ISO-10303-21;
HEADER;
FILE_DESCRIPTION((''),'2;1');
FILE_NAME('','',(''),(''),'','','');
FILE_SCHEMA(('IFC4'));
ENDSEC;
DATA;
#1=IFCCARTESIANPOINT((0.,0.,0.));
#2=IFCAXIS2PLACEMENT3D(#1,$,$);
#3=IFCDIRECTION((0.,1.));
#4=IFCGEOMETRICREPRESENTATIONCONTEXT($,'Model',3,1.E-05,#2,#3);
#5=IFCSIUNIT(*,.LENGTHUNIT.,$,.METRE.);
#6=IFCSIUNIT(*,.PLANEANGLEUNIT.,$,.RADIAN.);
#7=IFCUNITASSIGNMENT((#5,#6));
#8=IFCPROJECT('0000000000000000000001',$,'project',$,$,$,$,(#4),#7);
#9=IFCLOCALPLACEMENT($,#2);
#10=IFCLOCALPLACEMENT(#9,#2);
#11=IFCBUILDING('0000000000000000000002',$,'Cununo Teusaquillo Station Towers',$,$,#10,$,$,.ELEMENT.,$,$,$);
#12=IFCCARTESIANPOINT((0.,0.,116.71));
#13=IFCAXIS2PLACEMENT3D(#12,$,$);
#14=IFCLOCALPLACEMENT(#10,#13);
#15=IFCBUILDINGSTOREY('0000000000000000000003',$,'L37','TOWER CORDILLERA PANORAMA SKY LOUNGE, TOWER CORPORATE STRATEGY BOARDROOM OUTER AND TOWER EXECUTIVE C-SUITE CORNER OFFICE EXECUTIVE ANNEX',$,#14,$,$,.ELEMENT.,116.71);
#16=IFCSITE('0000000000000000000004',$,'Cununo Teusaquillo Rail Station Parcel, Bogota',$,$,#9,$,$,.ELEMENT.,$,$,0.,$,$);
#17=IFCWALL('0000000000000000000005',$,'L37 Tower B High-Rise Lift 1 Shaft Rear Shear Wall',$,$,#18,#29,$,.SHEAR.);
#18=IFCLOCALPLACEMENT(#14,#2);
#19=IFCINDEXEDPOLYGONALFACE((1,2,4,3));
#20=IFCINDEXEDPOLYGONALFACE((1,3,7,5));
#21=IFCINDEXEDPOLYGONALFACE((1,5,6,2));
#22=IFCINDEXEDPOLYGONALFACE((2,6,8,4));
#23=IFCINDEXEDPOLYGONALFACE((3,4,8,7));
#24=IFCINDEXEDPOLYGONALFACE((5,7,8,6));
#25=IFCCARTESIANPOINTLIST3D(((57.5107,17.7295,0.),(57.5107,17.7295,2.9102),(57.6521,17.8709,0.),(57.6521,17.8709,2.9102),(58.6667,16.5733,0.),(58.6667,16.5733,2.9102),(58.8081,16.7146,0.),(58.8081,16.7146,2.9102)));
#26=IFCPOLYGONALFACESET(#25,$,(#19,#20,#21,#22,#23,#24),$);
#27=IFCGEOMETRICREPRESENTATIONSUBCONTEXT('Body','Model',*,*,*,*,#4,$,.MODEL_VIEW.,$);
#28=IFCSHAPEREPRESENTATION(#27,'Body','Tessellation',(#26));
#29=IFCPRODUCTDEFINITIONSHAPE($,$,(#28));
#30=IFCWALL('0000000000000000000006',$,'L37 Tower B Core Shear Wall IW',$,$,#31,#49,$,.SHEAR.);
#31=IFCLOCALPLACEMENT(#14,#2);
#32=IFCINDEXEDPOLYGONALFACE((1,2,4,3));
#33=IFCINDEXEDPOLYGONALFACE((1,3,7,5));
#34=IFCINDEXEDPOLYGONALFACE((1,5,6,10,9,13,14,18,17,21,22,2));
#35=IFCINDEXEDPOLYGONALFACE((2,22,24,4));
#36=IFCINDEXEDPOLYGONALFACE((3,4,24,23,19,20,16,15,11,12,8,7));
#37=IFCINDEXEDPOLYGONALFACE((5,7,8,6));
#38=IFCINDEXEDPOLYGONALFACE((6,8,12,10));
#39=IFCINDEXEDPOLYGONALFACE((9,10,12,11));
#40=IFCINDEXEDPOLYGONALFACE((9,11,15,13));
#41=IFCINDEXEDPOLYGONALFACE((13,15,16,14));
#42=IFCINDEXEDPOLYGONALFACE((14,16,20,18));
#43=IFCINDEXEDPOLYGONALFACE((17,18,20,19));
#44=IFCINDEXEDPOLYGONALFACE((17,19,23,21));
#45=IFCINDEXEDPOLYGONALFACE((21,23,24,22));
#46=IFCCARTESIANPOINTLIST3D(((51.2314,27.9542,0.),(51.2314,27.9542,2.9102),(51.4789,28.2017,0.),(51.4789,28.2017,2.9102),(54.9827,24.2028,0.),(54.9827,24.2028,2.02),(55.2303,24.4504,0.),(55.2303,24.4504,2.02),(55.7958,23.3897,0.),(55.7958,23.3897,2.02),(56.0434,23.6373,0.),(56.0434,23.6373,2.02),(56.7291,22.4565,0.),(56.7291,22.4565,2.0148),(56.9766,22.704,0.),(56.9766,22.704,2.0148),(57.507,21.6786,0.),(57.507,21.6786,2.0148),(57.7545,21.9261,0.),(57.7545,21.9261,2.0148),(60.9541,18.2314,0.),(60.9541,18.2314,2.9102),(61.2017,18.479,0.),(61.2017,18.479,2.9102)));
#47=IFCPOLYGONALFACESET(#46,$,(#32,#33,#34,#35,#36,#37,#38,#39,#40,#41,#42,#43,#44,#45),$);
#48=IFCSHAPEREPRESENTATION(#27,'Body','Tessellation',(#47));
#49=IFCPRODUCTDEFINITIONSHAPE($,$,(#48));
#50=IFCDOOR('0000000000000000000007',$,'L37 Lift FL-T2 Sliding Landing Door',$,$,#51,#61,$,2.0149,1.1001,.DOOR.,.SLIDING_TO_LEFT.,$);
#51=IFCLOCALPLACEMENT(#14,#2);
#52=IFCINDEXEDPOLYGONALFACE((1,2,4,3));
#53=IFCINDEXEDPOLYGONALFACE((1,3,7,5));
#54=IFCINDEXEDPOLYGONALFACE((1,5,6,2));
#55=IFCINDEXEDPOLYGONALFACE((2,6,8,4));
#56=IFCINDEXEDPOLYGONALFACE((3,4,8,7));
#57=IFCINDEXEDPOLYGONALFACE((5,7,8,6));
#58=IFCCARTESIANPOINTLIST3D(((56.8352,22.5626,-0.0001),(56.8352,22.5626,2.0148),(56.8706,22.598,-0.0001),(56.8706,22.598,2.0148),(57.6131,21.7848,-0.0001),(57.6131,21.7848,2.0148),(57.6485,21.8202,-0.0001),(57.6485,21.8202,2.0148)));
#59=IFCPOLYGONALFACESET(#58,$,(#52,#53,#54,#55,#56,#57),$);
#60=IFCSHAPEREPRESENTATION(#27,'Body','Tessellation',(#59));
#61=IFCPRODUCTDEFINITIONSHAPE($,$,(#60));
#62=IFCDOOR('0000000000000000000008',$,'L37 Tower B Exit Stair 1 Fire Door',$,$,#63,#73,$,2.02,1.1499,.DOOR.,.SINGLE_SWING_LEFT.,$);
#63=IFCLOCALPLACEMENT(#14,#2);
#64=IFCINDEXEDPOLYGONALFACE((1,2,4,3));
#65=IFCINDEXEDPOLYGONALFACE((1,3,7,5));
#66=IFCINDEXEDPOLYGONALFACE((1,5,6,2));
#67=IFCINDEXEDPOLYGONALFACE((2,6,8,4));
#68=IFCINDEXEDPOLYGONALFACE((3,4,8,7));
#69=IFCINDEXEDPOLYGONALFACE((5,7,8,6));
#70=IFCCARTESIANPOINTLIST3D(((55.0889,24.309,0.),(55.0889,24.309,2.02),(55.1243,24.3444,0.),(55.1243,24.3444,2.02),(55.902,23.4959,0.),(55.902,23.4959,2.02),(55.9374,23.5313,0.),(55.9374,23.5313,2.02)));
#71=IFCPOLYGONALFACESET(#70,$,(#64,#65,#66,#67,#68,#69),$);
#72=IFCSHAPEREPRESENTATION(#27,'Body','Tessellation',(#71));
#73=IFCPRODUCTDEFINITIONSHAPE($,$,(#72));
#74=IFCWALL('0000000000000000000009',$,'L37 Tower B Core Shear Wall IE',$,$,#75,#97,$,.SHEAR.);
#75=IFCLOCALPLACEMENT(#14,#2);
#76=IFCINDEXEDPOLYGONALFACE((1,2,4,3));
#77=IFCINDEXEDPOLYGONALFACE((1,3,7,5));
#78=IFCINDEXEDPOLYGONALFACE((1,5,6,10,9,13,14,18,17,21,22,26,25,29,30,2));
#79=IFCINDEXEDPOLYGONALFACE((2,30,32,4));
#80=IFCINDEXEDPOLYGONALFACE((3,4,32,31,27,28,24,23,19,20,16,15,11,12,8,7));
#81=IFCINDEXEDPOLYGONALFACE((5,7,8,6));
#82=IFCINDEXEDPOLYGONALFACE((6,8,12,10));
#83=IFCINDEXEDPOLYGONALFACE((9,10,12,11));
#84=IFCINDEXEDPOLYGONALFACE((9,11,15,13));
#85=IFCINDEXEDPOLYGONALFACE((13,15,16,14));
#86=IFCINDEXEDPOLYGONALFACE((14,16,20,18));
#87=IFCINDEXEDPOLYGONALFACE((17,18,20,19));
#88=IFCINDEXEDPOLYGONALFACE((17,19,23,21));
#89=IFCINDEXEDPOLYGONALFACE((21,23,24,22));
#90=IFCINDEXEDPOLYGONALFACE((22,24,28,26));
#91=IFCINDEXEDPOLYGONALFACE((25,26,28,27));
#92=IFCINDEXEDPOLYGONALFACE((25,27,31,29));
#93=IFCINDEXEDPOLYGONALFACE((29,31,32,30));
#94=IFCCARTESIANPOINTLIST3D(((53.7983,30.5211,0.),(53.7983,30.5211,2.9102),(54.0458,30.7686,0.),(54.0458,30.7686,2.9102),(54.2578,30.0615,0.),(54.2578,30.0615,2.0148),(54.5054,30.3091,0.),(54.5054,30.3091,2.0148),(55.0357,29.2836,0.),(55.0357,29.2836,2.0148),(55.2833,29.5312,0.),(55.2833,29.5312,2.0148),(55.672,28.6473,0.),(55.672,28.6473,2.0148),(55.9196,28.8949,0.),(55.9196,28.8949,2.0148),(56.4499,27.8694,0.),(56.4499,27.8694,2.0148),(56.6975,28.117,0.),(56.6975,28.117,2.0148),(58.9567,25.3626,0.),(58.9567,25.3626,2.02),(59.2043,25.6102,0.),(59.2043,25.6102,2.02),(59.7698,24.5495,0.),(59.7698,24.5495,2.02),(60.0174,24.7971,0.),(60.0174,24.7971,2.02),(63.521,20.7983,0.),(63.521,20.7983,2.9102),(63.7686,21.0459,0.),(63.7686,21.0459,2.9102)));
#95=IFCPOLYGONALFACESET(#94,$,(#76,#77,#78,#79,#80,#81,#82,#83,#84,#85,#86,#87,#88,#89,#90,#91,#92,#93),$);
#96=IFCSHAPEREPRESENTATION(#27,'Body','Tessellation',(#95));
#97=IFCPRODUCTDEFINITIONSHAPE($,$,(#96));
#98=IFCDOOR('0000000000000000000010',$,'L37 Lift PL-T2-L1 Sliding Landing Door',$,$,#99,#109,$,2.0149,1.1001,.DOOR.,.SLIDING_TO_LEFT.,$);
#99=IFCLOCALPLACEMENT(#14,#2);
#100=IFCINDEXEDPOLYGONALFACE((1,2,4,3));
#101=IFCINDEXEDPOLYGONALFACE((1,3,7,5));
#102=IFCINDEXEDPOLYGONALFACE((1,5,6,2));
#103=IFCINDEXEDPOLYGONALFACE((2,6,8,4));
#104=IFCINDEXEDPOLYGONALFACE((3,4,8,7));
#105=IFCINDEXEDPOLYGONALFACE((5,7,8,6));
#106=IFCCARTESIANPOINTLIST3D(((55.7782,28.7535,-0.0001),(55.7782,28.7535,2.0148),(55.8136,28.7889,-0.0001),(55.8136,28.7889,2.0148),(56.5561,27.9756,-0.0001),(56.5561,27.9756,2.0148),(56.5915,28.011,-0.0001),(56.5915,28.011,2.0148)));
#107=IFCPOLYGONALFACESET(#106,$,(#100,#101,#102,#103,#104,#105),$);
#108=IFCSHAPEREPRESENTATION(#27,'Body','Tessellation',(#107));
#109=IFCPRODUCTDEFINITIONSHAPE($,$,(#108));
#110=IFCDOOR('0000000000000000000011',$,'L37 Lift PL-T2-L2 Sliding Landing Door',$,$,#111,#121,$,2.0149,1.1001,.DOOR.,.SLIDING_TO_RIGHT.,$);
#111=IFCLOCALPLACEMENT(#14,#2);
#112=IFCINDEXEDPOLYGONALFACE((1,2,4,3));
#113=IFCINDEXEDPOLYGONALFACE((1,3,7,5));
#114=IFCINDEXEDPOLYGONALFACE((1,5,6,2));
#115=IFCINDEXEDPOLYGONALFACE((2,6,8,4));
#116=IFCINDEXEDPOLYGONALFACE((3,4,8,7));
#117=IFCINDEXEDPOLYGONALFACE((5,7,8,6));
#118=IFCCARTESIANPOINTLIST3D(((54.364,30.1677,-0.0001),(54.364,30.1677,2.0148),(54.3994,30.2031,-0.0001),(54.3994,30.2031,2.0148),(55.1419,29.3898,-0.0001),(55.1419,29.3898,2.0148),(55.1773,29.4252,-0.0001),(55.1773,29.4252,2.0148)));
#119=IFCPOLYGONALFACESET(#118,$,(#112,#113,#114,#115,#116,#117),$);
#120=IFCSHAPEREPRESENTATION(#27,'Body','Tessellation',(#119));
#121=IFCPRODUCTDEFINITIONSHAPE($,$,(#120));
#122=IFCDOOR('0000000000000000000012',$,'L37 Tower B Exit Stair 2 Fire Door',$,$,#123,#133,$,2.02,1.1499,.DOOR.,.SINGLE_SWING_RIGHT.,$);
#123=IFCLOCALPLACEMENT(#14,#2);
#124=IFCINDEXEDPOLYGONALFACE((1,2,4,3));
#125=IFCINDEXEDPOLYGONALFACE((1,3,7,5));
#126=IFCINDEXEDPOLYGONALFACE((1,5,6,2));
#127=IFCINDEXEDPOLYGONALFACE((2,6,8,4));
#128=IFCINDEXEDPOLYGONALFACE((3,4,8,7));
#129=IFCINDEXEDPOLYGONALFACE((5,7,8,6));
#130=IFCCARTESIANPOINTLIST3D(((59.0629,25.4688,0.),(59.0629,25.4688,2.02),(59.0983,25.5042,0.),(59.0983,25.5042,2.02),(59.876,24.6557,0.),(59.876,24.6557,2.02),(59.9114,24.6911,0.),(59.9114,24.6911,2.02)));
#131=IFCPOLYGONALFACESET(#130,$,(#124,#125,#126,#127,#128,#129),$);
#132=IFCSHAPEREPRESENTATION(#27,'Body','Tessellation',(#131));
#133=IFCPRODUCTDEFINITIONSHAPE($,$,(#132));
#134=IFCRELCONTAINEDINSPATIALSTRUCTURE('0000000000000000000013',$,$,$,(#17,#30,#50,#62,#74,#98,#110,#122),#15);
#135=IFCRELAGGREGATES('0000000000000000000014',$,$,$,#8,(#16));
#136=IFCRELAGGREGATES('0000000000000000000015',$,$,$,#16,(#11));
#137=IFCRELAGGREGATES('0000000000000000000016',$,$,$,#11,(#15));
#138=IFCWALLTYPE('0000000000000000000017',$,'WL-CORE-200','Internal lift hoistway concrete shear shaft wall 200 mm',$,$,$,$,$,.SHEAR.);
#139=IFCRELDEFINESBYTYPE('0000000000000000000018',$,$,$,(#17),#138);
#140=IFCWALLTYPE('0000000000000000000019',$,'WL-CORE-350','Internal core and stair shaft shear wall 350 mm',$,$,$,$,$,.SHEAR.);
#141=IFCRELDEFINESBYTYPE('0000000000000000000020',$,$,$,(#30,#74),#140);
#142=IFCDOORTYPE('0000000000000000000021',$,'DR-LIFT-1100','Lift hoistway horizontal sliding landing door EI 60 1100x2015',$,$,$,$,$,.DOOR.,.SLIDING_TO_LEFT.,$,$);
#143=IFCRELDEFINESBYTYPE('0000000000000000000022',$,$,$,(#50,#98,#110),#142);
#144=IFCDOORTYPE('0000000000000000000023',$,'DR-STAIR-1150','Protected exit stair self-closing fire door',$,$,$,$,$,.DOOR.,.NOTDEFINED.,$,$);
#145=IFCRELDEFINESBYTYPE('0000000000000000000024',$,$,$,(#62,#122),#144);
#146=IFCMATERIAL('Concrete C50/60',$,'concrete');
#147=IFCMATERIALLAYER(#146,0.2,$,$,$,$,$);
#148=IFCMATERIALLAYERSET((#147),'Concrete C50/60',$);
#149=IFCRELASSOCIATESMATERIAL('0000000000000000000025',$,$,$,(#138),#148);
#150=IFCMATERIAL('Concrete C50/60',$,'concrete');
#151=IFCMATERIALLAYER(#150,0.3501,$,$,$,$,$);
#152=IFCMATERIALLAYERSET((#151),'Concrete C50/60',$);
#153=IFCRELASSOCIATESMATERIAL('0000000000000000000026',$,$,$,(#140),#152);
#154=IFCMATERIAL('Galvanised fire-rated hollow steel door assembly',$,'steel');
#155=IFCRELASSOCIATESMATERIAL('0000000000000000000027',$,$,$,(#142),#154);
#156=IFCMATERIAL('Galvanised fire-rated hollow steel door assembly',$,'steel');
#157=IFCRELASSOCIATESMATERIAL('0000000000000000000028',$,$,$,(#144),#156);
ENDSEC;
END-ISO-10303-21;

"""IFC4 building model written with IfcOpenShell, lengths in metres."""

from ifc_helpers import new_model, si_unit, direction, frame, frame_2d, origin, place, context, subcontext, project, spatial, rectangle, extrude, source, transform, mapped, material, layer, layer_set, type_object, element, fill, save


model = new_model("IFC4")

# Units and contexts
model_context = context("Model", 3, precision=1e-05, world=origin(), true_north=direction((0.0, 1.0)))
body_context = subcontext(model_context, "Body", "Model", "MODEL_VIEW")
ifc_project = project(units=[si_unit("LENGTHUNIT", "METRE"), si_unit("PLANEANGLEUNIT", "RADIAN")], contexts=[model_context])

# Site, building, storey
site_placement = place(None, origin())
site = spatial("IfcSite", under=ifc_project, at=site_placement, Name="Cununo Teusaquillo Rail Station Parcel, Bogota", CompositionType="ELEMENT", RefElevation=0.0)
building_placement = place(site_placement, origin())
building = spatial("IfcBuilding", under=site, at=building_placement, Name="Cununo Teusaquillo Station Towers", CompositionType="ELEMENT")
storey_placement = place(building_placement, frame((0.0, 0.0, 116.71)))
storey = spatial("IfcBuildingStorey", under=building, at=storey_placement, Name="L37", Description="TOWER CORDILLERA PANORAMA SKY LOUNGE, TOWER CORPORATE STRATEGY BOARDROOM OUTER AND TOWER EXECUTIVE C-SUITE CORNER OFFICE EXECUTIVE ANNEX", CompositionType="ELEMENT", Elevation=116.71)

# Wall
ifc_material_1 = material(Name="Concrete C50/60", Category="concrete")
ifc_layer_1 = layer(ifc_material_1, 0.2)
ifc_layer_set_1 = layer_set([ifc_layer_1], Name="Concrete C50/60")
wall_type_1 = type_object("IfcWallType", Name="WL-CORE-200", Description="Internal lift hoistway concrete shear shaft wall 200 mm", PredefinedType="SHEAR", material=ifc_layer_set_1)
wall_1_placement = place(storey_placement, frame((58.7373, 16.644, 0.0), z_axis=(0.0, 0.0, 1.0), x_axis=(-0.707032, 0.707181, 0.0)))
element("IfcWall", 1, at=wall_1_placement, inside=storey, type_object=wall_type_1, Name="L37 Tower B High-Rise Lift 1 Shaft Rear Shear Wall", PredefinedType="SHEAR", context=body_context, shape_type="SweptSolid", body=[
    extrude(rectangle(XDim=1.635, YDim=0.2, at=frame_2d((0.8174, 0.0))), origin(), (0.0, 0.0, 1.0), 2.9102),
])

# Walls, openings, doors
ifc_material_2 = material(Name="Concrete C50/60", Category="concrete")
ifc_layer_2 = layer(ifc_material_2, 0.3501)
ifc_layer_set_2 = layer_set([ifc_layer_2], Name="Concrete C50/60")
wall_type_2 = type_object("IfcWallType", Name="WL-CORE-350", Description="Internal core and stair shaft shear wall 350 mm", PredefinedType="SHEAR", material=ifc_layer_set_2)
wall_2_placement = place(storey_placement, frame((61.0779, 18.3552, 0.0), z_axis=(0.0, 0.0, 1.0), x_axis=(-0.707107, 0.707107, 0.0)))
wall_2 = element("IfcWall", 2, at=wall_2_placement, inside=storey, type_object=wall_type_2, Name="L37 Tower B Core Shear Wall IW", PredefinedType="SHEAR", context=body_context, shape_type="SweptSolid", body=[
    extrude(rectangle(XDim=13.75, YDim=0.3501, at=frame_2d((6.875, 0.0))), origin(), (0.0, 0.0, 1.0), 2.9102),
])
shared_shape_1 = source(origin(), body_context, "Body", "SweptSolid", [
    extrude(rectangle(XDim=1.1001, YDim=2.0149, at=frame_2d((0.55, 1.0073))), frame((0.0, 0.1851, 0.0), z_axis=(0.0, -1.0, 0.0), x_axis=(1.0, 0.0, 0.0)), (0.0, 0.0, 1.0), 0.3701),
])
opening_1_placement = place(wall_2_placement, frame((4.875, 0.0, 0.0)))
opening_1 = element("IfcOpeningElement", 3, at=opening_1_placement, cuts=wall_2, PredefinedType="OPENING", context=body_context, shape_type="MappedRepresentation", body=[
    mapped(shared_shape_1, transform((0.0, 0.0, 0.0), x_axis=(1.0, 0.0, 0.0), y_axis=(0.0, 1.0, 0.0), z_axis=(0.0, 0.0, 1.0), scale=1.0)),
])
shared_shape_2 = source(origin(), body_context, "Body", "SweptSolid", [
    extrude(rectangle(XDim=1.1499, YDim=2.02, at=frame_2d((0.575, 1.01))), frame((0.0, 0.1851, 0.0), z_axis=(0.0, -1.0, 0.0), x_axis=(1.0, 0.0, 0.0)), (0.0, 0.0, 1.0), 0.3701),
])
opening_2_placement = place(wall_2_placement, frame((7.2949, 0.0, 0.0)))
opening_2 = element("IfcOpeningElement", 4, at=opening_2_placement, cuts=wall_2, PredefinedType="OPENING", context=body_context, shape_type="MappedRepresentation", body=[
    mapped(shared_shape_2, transform((0.0, 0.0, 0.0), x_axis=(1.0, 0.0, 0.0), y_axis=(0.0, 1.0, 0.0), z_axis=(0.0, 0.0, 1.0), scale=1.0)),
])
ifc_material_3 = material(Name="Galvanised fire-rated hollow steel door assembly", Category="steel")
door_type_1 = type_object("IfcDoorType", Name="DR-LIFT-1100", Description="Lift hoistway horizontal sliding landing door EI 60 1100x2015", OperationType="SLIDING_TO_LEFT", PredefinedType="DOOR", material=ifc_material_3)
shared_shape_3 = source(origin(), body_context, "Body", "SweptSolid", [
    extrude(rectangle(XDim=1.1001, YDim=2.0149, at=frame_2d((0.55, 1.0073))), frame((0.0, 0.0249, 0.0), z_axis=(0.0, -1.0, 0.0), x_axis=(1.0, 0.0, 0.0)), (0.0, 0.0, 1.0), 0.05),
])
door_1_placement = place(opening_1_placement, origin())
door_1 = element("IfcDoor", 5, at=door_1_placement, inside=storey, type_object=door_type_1, Name="L37 Lift FL-T2 Sliding Landing Door", OperationType="SLIDING_TO_LEFT", OverallHeight=2.0149, OverallWidth=1.1001, PredefinedType="DOOR", context=body_context, shape_type="MappedRepresentation", body=[
    mapped(shared_shape_3, transform((0.0, 0.0, 0.0), x_axis=(1.0, 0.0, 0.0), y_axis=(0.0, 1.0, 0.0), z_axis=(0.0, 0.0, 1.0), scale=1.0)),
])
fill(opening_1, door_1)
ifc_material_4 = material(Name="Galvanised fire-rated hollow steel door assembly", Category="steel")
door_type_2 = type_object("IfcDoorType", Name="DR-STAIR-1150", Description="Protected exit stair self-closing fire door", OperationType="NOTDEFINED", PredefinedType="DOOR", material=ifc_material_4)
shared_shape_4 = source(origin(), body_context, "Body", "SweptSolid", [
    extrude(rectangle(XDim=1.1499, YDim=2.02, at=frame_2d((0.575, 1.01))), frame((0.0, 0.0249, 0.0), z_axis=(0.0, -1.0, 0.0), x_axis=(1.0, 0.0, 0.0)), (0.0, 0.0, 1.0), 0.05),
])
door_2_placement = place(opening_2_placement, origin())
door_2 = element("IfcDoor", 6, at=door_2_placement, inside=storey, type_object=door_type_2, Name="L37 Tower B Exit Stair 1 Fire Door", OperationType="SINGLE_SWING_LEFT", OverallHeight=2.02, OverallWidth=1.1499, PredefinedType="DOOR", context=body_context, shape_type="MappedRepresentation", body=[
    mapped(shared_shape_4, transform((0.0, 0.0, 0.0), x_axis=(1.0, 0.0, 0.0), y_axis=(0.0, 1.0, 0.0), z_axis=(0.0, 0.0, 1.0), scale=1.0)),
])
fill(opening_2, door_2)
wall_3_placement = place(storey_placement, frame((63.6448, 20.9221, 0.0), z_axis=(0.0, 0.0, 1.0), x_axis=(-0.707107, 0.707107, 0.0)))
wall_3 = element("IfcWall", 7, at=wall_3_placement, inside=storey, type_object=wall_type_2, Name="L37 Tower B Core Shear Wall IE", PredefinedType="SHEAR", context=body_context, shape_type="SweptSolid", body=[
    extrude(rectangle(XDim=13.75, YDim=0.3501, at=frame_2d((6.875, 0.0))), origin(), (0.0, 0.0, 1.0), 2.9102),
])
opening_3_placement = place(wall_3_placement, frame((10.0, 0.0, 0.0)))
opening_3 = element("IfcOpeningElement", 8, at=opening_3_placement, cuts=wall_3, PredefinedType="OPENING", context=body_context, shape_type="MappedRepresentation", body=[
    mapped(shared_shape_1, transform((0.0, 0.0, 0.0), x_axis=(1.0, 0.0, 0.0), y_axis=(0.0, 1.0, 0.0), z_axis=(0.0, 0.0, 1.0), scale=1.0)),
])
opening_4_placement = place(wall_3_placement, frame((12.0, 0.0, 0.0)))
opening_4 = element("IfcOpeningElement", 9, at=opening_4_placement, cuts=wall_3, PredefinedType="OPENING", context=body_context, shape_type="MappedRepresentation", body=[
    mapped(shared_shape_1, transform((0.0, 0.0, 0.0), x_axis=(1.0, 0.0, 0.0), y_axis=(0.0, 1.0, 0.0), z_axis=(0.0, 0.0, 1.0), scale=1.0)),
])
opening_5_placement = place(wall_3_placement, frame((5.3049, 0.0, 0.0)))
opening_5 = element("IfcOpeningElement", 10, at=opening_5_placement, cuts=wall_3, PredefinedType="OPENING", context=body_context, shape_type="MappedRepresentation", body=[
    mapped(shared_shape_2, transform((0.0, 0.0, 0.0), x_axis=(1.0, 0.0, 0.0), y_axis=(0.0, 1.0, 0.0), z_axis=(0.0, 0.0, 1.0), scale=1.0)),
])
door_3_placement = place(opening_3_placement, origin())
door_3 = element("IfcDoor", 11, at=door_3_placement, inside=storey, type_object=door_type_1, Name="L37 Lift PL-T2-L1 Sliding Landing Door", OperationType="SLIDING_TO_LEFT", OverallHeight=2.0149, OverallWidth=1.1001, PredefinedType="DOOR", context=body_context, shape_type="MappedRepresentation", body=[
    mapped(shared_shape_3, transform((0.0, 0.0, 0.0), x_axis=(1.0, 0.0, 0.0), y_axis=(0.0, 1.0, 0.0), z_axis=(0.0, 0.0, 1.0), scale=1.0)),
])
fill(opening_3, door_3)
door_4_placement = place(opening_4_placement, origin())
door_4 = element("IfcDoor", 12, at=door_4_placement, inside=storey, type_object=door_type_1, Name="L37 Lift PL-T2-L2 Sliding Landing Door", OperationType="SLIDING_TO_RIGHT", OverallHeight=2.0149, OverallWidth=1.1001, PredefinedType="DOOR", context=body_context, shape_type="MappedRepresentation", body=[
    mapped(shared_shape_3, transform((0.0, 0.0, 0.0), x_axis=(1.0, 0.0, 0.0), y_axis=(0.0, 1.0, 0.0), z_axis=(0.0, 0.0, 1.0), scale=1.0)),
])
fill(opening_4, door_4)
door_5_placement = place(opening_5_placement, origin())
door_5 = element("IfcDoor", 13, at=door_5_placement, inside=storey, type_object=door_type_2, Name="L37 Tower B Exit Stair 2 Fire Door", OperationType="SINGLE_SWING_RIGHT", OverallHeight=2.02, OverallWidth=1.1499, PredefinedType="DOOR", context=body_context, shape_type="MappedRepresentation", body=[
    mapped(shared_shape_4, transform((0.0, 0.0, 0.0), x_axis=(1.0, 0.0, 0.0), y_axis=(0.0, 1.0, 0.0), z_axis=(0.0, 0.0, 1.0), scale=1.0)),
])
fill(opening_5, door_5)

save(model, "model.ifc")
